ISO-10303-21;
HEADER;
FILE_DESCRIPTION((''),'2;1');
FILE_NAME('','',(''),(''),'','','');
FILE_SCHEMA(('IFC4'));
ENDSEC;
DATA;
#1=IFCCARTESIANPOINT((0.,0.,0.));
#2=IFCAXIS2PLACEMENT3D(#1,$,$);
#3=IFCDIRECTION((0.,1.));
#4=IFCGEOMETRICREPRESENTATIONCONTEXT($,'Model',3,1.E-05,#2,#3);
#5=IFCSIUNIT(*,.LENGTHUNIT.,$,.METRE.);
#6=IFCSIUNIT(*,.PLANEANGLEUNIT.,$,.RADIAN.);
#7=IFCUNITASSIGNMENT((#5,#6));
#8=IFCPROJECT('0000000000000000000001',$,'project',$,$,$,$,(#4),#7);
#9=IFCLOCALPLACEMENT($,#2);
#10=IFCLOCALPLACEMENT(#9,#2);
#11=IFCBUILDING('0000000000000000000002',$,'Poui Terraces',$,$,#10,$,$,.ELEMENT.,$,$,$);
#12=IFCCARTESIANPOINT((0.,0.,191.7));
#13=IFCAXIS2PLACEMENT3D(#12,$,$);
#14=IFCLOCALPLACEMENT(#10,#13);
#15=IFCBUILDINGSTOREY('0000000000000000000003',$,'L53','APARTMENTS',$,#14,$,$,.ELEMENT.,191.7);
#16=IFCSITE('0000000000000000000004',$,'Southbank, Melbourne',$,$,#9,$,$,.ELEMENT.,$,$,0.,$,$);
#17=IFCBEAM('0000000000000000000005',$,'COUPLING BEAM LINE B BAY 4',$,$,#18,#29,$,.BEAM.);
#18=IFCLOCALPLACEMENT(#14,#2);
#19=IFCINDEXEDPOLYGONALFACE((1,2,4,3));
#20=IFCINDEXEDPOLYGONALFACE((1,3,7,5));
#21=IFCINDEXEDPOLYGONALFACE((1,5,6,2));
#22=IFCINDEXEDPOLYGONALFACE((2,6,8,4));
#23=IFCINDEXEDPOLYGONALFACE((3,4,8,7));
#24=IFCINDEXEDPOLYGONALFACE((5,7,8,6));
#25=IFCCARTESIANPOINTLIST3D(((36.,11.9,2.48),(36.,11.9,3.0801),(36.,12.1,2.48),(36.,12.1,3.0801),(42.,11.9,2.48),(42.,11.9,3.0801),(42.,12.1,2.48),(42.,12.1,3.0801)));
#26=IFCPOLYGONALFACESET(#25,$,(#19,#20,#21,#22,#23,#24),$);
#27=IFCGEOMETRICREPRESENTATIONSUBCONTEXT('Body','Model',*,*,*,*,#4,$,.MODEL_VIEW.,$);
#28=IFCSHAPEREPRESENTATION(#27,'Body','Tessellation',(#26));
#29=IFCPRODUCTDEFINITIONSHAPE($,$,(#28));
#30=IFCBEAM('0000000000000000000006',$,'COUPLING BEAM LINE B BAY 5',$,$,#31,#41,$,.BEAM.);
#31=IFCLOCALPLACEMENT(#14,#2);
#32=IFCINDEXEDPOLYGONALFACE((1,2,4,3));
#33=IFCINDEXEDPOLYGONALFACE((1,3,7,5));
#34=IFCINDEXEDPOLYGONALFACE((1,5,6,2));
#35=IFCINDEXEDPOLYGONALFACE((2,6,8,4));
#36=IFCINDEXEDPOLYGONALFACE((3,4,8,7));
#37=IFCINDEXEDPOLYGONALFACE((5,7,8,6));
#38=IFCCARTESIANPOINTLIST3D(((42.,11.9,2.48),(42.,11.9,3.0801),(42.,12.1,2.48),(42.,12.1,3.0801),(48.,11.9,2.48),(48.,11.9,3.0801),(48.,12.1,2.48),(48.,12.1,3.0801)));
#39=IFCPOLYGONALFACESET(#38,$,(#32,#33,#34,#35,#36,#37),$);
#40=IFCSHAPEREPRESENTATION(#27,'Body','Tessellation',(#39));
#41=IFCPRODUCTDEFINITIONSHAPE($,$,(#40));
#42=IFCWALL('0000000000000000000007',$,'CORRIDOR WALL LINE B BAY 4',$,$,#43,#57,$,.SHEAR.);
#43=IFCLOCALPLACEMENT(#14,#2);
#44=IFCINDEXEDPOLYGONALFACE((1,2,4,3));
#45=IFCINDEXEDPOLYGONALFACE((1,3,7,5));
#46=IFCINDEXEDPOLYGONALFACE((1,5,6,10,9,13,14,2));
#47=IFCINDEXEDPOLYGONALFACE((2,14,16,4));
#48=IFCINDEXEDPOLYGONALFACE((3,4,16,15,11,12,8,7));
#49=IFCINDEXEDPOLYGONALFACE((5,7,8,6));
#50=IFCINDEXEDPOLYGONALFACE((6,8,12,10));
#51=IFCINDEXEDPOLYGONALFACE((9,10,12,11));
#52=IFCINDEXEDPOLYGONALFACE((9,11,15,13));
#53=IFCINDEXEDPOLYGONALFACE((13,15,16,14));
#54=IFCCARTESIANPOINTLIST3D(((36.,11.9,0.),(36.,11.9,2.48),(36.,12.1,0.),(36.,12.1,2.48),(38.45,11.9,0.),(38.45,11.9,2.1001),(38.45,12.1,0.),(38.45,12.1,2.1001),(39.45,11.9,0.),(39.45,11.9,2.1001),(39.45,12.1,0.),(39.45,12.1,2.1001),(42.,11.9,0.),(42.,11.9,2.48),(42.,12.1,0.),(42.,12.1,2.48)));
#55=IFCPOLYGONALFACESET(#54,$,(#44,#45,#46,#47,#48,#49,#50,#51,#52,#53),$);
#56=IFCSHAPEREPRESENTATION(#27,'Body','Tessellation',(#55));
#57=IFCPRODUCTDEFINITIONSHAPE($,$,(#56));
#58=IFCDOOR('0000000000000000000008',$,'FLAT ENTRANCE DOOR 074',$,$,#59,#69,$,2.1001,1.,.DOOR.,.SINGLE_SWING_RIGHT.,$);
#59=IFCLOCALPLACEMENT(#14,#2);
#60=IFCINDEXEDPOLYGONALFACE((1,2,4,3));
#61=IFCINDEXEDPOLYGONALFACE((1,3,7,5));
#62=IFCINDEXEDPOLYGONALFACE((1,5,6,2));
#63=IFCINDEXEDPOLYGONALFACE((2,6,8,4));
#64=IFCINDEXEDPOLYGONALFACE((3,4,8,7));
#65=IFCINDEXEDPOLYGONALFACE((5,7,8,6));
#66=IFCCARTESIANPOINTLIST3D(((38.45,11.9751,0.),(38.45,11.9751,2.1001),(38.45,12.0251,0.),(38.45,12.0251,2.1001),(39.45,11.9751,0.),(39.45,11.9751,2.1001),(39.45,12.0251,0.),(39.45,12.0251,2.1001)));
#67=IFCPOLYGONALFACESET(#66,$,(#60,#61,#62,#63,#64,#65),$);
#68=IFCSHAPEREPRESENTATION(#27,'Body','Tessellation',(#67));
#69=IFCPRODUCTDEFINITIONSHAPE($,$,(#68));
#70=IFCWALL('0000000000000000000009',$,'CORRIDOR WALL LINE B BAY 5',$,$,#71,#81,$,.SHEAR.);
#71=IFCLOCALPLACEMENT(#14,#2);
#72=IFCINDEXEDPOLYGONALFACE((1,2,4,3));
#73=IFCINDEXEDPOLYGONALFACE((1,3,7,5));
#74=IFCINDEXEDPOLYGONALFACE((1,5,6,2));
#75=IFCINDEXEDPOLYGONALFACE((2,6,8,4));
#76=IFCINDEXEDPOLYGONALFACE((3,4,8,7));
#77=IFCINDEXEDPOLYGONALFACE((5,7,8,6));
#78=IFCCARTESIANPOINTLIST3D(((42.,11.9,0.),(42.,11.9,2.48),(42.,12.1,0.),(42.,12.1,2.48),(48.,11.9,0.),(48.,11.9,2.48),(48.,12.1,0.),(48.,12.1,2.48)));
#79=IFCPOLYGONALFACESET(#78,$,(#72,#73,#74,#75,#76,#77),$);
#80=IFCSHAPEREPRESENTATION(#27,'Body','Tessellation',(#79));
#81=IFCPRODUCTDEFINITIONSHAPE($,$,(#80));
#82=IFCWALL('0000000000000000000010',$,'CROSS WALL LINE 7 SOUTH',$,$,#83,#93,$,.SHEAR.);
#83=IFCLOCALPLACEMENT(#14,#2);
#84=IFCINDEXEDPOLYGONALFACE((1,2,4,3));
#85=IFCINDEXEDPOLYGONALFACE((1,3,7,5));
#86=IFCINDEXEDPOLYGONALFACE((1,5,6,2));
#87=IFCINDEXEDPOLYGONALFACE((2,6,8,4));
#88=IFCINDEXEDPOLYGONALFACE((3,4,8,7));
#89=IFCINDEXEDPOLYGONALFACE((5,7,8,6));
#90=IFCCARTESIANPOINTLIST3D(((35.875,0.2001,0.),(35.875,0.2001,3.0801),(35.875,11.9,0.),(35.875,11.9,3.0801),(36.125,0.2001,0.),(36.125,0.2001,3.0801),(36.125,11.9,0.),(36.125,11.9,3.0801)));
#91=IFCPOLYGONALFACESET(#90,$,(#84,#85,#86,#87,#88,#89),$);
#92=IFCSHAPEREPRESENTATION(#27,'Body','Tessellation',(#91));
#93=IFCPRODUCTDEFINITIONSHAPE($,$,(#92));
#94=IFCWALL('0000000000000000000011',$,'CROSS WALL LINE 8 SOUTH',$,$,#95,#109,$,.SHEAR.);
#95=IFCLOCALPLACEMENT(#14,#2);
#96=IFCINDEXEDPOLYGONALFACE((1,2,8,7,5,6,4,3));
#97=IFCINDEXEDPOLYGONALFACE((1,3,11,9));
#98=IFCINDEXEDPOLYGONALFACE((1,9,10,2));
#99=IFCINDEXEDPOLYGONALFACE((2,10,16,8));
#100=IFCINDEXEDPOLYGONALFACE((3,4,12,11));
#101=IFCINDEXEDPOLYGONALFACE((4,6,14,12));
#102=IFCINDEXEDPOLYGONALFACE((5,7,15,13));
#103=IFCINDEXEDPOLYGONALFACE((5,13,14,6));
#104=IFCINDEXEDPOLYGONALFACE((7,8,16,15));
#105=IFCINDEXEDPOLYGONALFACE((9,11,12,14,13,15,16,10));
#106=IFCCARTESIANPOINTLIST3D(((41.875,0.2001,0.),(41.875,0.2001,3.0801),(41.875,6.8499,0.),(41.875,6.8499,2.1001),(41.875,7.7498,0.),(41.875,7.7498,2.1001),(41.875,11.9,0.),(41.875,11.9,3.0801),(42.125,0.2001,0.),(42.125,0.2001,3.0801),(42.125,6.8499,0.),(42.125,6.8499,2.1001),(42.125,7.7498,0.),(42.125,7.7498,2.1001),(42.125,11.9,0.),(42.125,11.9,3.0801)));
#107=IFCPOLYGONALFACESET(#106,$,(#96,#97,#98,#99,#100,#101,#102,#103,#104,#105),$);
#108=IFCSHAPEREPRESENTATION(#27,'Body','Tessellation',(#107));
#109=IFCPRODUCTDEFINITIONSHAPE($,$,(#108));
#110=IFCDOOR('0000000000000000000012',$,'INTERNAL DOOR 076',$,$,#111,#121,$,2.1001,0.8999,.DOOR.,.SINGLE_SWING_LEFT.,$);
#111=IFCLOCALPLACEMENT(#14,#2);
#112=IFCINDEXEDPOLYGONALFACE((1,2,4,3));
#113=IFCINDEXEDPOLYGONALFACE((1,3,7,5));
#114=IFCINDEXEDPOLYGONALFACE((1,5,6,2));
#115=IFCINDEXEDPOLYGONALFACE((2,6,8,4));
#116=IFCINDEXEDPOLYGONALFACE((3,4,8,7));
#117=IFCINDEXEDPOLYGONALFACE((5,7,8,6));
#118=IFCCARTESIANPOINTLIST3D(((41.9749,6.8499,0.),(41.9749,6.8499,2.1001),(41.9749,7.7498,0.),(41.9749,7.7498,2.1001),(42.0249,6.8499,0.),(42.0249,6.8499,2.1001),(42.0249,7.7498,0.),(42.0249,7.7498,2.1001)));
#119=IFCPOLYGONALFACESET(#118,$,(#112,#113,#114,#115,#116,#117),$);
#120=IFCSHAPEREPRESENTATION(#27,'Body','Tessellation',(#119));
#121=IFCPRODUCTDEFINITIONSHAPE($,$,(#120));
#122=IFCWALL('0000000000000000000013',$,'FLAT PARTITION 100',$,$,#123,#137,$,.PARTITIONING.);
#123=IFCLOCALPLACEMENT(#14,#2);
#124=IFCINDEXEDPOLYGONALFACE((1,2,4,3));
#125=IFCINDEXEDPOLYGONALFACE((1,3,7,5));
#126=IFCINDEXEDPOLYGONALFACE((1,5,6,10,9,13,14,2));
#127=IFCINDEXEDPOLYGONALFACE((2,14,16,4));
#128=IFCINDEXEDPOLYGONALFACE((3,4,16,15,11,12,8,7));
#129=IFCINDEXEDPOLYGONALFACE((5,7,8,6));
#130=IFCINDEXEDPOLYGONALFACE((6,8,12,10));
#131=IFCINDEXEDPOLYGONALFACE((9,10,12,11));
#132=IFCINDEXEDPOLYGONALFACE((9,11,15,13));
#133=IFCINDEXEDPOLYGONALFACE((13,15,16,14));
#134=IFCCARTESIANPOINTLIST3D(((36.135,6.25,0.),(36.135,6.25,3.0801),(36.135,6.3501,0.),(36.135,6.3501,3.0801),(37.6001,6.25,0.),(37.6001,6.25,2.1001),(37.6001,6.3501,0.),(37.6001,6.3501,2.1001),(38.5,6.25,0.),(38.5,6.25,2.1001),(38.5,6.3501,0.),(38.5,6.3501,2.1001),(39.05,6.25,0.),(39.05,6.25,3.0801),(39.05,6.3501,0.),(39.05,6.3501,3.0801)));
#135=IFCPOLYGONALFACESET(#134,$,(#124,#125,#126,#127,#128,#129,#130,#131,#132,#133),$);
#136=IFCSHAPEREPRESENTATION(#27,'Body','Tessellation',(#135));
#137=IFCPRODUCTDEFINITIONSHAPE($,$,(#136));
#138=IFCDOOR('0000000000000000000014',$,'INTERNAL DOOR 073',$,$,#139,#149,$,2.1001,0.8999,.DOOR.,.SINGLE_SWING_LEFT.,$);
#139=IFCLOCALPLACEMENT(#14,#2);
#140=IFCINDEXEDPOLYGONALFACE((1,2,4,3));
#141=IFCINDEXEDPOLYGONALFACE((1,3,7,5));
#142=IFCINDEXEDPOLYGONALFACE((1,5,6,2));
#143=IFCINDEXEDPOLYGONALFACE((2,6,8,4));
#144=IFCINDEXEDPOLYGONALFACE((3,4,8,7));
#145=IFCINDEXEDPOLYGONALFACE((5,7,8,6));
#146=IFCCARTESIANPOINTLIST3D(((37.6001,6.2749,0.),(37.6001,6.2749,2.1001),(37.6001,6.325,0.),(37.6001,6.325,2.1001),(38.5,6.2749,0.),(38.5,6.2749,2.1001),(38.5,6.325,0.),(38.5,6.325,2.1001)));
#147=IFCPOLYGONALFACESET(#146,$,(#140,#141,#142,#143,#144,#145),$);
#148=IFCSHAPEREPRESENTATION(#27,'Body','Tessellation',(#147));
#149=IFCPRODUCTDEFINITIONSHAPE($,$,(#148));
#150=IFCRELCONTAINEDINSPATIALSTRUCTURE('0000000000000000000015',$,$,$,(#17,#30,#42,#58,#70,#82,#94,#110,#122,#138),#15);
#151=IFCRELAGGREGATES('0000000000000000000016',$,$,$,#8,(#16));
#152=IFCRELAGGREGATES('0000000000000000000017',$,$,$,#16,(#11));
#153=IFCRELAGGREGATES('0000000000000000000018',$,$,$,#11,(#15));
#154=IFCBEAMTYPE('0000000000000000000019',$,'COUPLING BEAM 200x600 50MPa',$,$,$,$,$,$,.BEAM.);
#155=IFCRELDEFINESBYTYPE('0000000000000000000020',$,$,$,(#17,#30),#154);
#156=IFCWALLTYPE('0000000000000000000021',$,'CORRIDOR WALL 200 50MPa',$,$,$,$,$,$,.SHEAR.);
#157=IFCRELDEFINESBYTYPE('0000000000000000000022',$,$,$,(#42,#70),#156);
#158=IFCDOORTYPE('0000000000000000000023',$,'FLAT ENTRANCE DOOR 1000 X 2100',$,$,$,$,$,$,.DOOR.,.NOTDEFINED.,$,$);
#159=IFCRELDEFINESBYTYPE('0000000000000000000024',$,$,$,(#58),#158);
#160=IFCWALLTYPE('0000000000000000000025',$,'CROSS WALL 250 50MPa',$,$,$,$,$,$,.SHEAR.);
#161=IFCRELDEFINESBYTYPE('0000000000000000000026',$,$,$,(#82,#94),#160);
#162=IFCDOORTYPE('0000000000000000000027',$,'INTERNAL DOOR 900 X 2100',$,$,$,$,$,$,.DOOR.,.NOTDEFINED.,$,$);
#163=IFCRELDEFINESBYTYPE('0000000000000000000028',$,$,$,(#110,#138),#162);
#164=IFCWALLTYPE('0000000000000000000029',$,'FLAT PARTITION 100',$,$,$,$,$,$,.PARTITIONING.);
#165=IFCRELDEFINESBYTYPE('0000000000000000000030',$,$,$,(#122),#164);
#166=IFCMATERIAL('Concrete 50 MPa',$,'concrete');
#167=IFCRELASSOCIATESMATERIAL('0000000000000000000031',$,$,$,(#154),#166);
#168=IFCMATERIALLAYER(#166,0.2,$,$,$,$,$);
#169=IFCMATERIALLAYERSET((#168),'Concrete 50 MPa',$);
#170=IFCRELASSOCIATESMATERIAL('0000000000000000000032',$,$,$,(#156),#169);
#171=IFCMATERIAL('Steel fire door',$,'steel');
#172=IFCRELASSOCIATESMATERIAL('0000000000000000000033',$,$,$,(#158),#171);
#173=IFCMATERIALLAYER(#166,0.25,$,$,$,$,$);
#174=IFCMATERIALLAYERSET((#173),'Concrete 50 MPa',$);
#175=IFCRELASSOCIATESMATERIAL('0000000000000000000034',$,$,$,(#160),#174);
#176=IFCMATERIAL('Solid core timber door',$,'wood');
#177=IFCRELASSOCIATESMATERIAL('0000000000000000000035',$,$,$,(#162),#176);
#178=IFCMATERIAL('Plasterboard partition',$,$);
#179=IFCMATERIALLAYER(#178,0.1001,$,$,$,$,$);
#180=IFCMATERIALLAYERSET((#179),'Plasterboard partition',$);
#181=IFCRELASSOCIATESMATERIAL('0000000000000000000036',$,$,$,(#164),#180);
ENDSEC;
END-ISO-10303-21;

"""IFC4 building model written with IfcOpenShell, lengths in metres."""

from ifc_helpers import new_model, si_unit, direction, frame, frame_2d, origin, origin_2d, place, context, subcontext, project, spatial, rectangle, extrude, source, transform, mapped, material, layer, layer_set, material_profile, profile_set, type_object, element, fill, save


model = new_model("IFC4")

# Units and contexts
model_context = context("Model", 3, precision=1e-05, world=origin(), true_north=direction((0.0, 1.0)))
body_context = subcontext(model_context, "Body", "Model", "MODEL_VIEW")
ifc_project = project(units=[si_unit("LENGTHUNIT", "METRE"), si_unit("PLANEANGLEUNIT", "RADIAN")], contexts=[model_context])

# Site, building, storey
site_placement = place(None, origin())
site = spatial("IfcSite", under=ifc_project, at=site_placement, Name="Southbank, Melbourne", CompositionType="ELEMENT", RefElevation=0.0)
building_placement = place(site_placement, origin())
building = spatial("IfcBuilding", under=site, at=building_placement, Name="Poui Terraces", CompositionType="ELEMENT")
storey_placement = place(building_placement, frame((0.0, 0.0, 191.7)))
storey = spatial("IfcBuildingStorey", under=building, at=storey_placement, Name="L53", Description="APARTMENTS", CompositionType="ELEMENT", Elevation=191.7)

# Beams
ifc_material_1 = material(Name="Concrete 50 MPa", Category="concrete")
ifc_material_profile_1 = material_profile(ifc_material_1, rectangle(XDim=0.2, YDim=0.6001, at=origin_2d()), Name="RC 200x600")
ifc_profile_set_1 = profile_set([ifc_material_profile_1], Name="Concrete 50 MPa")
beam_type = type_object("IfcBeamType", Name="COUPLING BEAM 200x600 50MPa", PredefinedType="BEAM", material=ifc_profile_set_1)
shared_shape_1 = source(origin(), body_context, "Body", "SweptSolid", [
    extrude(rectangle(XDim=0.2, YDim=0.6001, at=origin_2d()), origin(), (0.0, 0.0, 1.0), 6.0),
])
for number, where, z_axis, x_axis, name in (
    (1, (36.0, 12.0, 2.78), (1.0, 0.0, 0.0), (0.0, 1.0, 0.0), "COUPLING BEAM LINE B BAY 4"),
    (2, (42.0, 12.0, 2.78), (1.0, 0.0, 0.0), (0.0, 1.0, 0.0), "COUPLING BEAM LINE B BAY 5"),
):
    element("IfcBeam", number, at=place(storey_placement, frame(where, z_axis=z_axis, x_axis=x_axis)), inside=storey, type_object=beam_type, Name=name, PredefinedType="BEAM", context=body_context, shape_type="MappedRepresentation", body=[
        mapped(shared_shape_1, transform((0.0, 0.0, 0.0))),
    ])

# Wall, opening, door
ifc_layer_1 = layer(ifc_material_1, 0.2)
ifc_layer_set_1 = layer_set([ifc_layer_1], Name="Concrete 50 MPa")
wall_type_1 = type_object("IfcWallType", Name="CORRIDOR WALL 200 50MPa", PredefinedType="SHEAR", material=ifc_layer_set_1)
wall_1_placement = place(storey_placement, frame((36.0, 12.0, 0.0), z_axis=(0.0, 0.0, 1.0), x_axis=(1.0, 0.0, 0.0)))
wall_1 = element("IfcWall", 3, at=wall_1_placement, inside=storey, type_object=wall_type_1, Name="CORRIDOR WALL LINE B BAY 4", PredefinedType="SHEAR", context=body_context, shape_type="SweptSolid", body=[
    extrude(rectangle(XDim=6.0, YDim=0.2, at=frame_2d((3.0, 0.0))), origin(), (0.0, 0.0, 1.0), 2.48),
])
opening_1_placement = place(wall_1_placement, frame((2.45, 0.0, 0.0)))
opening_1 = element("IfcOpeningElement", 4, at=opening_1_placement, cuts=wall_1, PredefinedType="OPENING", context=body_context, shape_type="SweptSolid", body=[
    extrude(rectangle(XDim=1.0, YDim=2.1001, at=frame_2d((0.5, 1.05))), frame((0.0, 0.1099, 0.0), z_axis=(0.0, -1.0, 0.0), x_axis=(1.0, 0.0, 0.0)), (0.0, 0.0, 1.0), 0.22),
])
ifc_material_2 = material(Name="Steel fire door", Category="steel")
door_type_1 = type_object("IfcDoorType", Name="FLAT ENTRANCE DOOR 1000 X 2100", OperationType="NOTDEFINED", PredefinedType="DOOR", material=ifc_material_2)
door_1_placement = place(opening_1_placement, frame((1.0, 0.0, 0.0), z_axis=(0.0, 0.0, 1.0), x_axis=(-1.0, 0.0, 0.0)))
door_1 = element("IfcDoor", 5, at=door_1_placement, inside=storey, type_object=door_type_1, Name="FLAT ENTRANCE DOOR 074", OperationType="SINGLE_SWING_RIGHT", OverallHeight=2.1001, OverallWidth=1.0, PredefinedType="DOOR", context=body_context, shape_type="SweptSolid", body=[
    extrude(rectangle(XDim=1.0, YDim=2.1001, at=frame_2d((0.5, 1.05))), frame((0.0, 0.0249, 0.0), z_axis=(0.0, -1.0, 0.0), x_axis=(1.0, 0.0, 0.0)), (0.0, 0.0, 1.0), 0.05),
])
fill(opening_1, door_1)

# Walls
wall_2_placement = place(storey_placement, frame((42.0, 12.0, 0.0), z_axis=(0.0, 0.0, 1.0), x_axis=(1.0, 0.0, 0.0)))
element("IfcWall", 6, at=wall_2_placement, inside=storey, type_object=wall_type_1, Name="CORRIDOR WALL LINE B BAY 5", PredefinedType="SHEAR", context=body_context, shape_type="SweptSolid", body=[
    extrude(rectangle(XDim=6.0, YDim=0.2, at=frame_2d((3.0, 0.0))), origin(), (0.0, 0.0, 1.0), 2.48),
])
ifc_layer_2 = layer(ifc_material_1, 0.25)
ifc_layer_set_2 = layer_set([ifc_layer_2], Name="Concrete 50 MPa")
wall_type_2 = type_object("IfcWallType", Name="CROSS WALL 250 50MPa", PredefinedType="SHEAR", material=ifc_layer_set_2)
wall_3_placement = place(storey_placement, frame((36.0, 0.2, 0.0), z_axis=(0.0, 0.0, 1.0), x_axis=(0.0, 1.0, 0.0)))
element("IfcWall", 7, at=wall_3_placement, inside=storey, type_object=wall_type_2, Name="CROSS WALL LINE 7 SOUTH", PredefinedType="SHEAR", context=body_context, shape_type="SweptSolid", body=[
    extrude(rectangle(XDim=11.7, YDim=0.25, at=frame_2d((5.8501, 0.0))), origin(), (0.0, 0.0, 1.0), 3.0801),
])

# Walls, openings, doors
wall_4_placement = place(storey_placement, frame((42.0, 0.2, 0.0), z_axis=(0.0, 0.0, 1.0), x_axis=(0.0, 1.0, 0.0)))
wall_4 = element("IfcWall", 8, at=wall_4_placement, inside=storey, type_object=wall_type_2, Name="CROSS WALL LINE 8 SOUTH", PredefinedType="SHEAR", context=body_context, shape_type="SweptSolid", body=[
    extrude(rectangle(XDim=11.7, YDim=0.25, at=frame_2d((5.8501, 0.0))), origin(), (0.0, 0.0, 1.0), 3.0801),
])
opening_2_placement = place(wall_4_placement, frame((6.6499, 0.0, 0.0)))
opening_2 = element("IfcOpeningElement", 9, at=opening_2_placement, cuts=wall_4, PredefinedType="OPENING", context=body_context, shape_type="SweptSolid", body=[
    extrude(rectangle(XDim=0.8999, YDim=2.1001, at=frame_2d((0.45, 1.05))), frame((0.0, 0.135, 0.0), z_axis=(0.0, -1.0, 0.0), x_axis=(1.0, 0.0, 0.0)), (0.0, 0.0, 1.0), 0.27),
])
ifc_material_3 = material(Name="Solid core timber door", Category="wood")
door_type_2 = type_object("IfcDoorType", Name="INTERNAL DOOR 900 X 2100", OperationType="NOTDEFINED", PredefinedType="DOOR", material=ifc_material_3)
door_2_placement = place(opening_2_placement, frame((0.8999, 0.0, 0.0), z_axis=(0.0, 0.0, 1.0), x_axis=(-1.0, 0.0, 0.0)))
door_2 = element("IfcDoor", 10, at=door_2_placement, inside=storey, type_object=door_type_2, Name="INTERNAL DOOR 076", OperationType="SINGLE_SWING_LEFT", OverallHeight=2.1001, OverallWidth=0.8999, PredefinedType="DOOR", context=body_context, shape_type="SweptSolid", body=[
    extrude(rectangle(XDim=0.8999, YDim=2.1001, at=frame_2d((0.45, 1.05))), frame((0.0, 0.0249, 0.0), z_axis=(0.0, -1.0, 0.0), x_axis=(1.0, 0.0, 0.0)), (0.0, 0.0, 1.0), 0.05),
])
fill(opening_2, door_2)
ifc_material_4 = material(Name="Plasterboard partition")
ifc_layer_3 = layer(ifc_material_4, 0.1001)
ifc_layer_set_3 = layer_set([ifc_layer_3], Name="Plasterboard partition")
wall_type_3 = type_object("IfcWallType", Name="FLAT PARTITION 100", PredefinedType="PARTITIONING", material=ifc_layer_set_3)
wall_5_placement = place(storey_placement, frame((36.135, 6.3, 0.0), z_axis=(0.0, 0.0, 1.0), x_axis=(1.0, 0.0, 0.0)))
wall_5 = element("IfcWall", 11, at=wall_5_placement, inside=storey, type_object=wall_type_3, Name="FLAT PARTITION 100", PredefinedType="PARTITIONING", context=body_context, shape_type="SweptSolid", body=[
    extrude(rectangle(XDim=2.915, YDim=0.1001, at=frame_2d((1.4575, 0.0))), origin(), (0.0, 0.0, 1.0), 3.0801),
])
opening_3_placement = place(wall_5_placement, frame((1.4651, 0.0, 0.0)))
opening_3 = element("IfcOpeningElement", 12, at=opening_3_placement, cuts=wall_5, PredefinedType="OPENING", context=body_context, shape_type="SweptSolid", body=[
    extrude(rectangle(XDim=0.8999, YDim=2.1001, at=frame_2d((0.45, 1.05))), frame((0.0, 0.0601, 0.0), z_axis=(0.0, -1.0, 0.0), x_axis=(1.0, 0.0, 0.0)), (0.0, 0.0, 1.0), 0.1201),
])
door_3_placement = place(opening_3_placement, origin())
door_3 = element("IfcDoor", 13, at=door_3_placement, inside=storey, type_object=door_type_2, Name="INTERNAL DOOR 073", OperationType="SINGLE_SWING_LEFT", OverallHeight=2.1001, OverallWidth=0.8999, PredefinedType="DOOR", context=body_context, shape_type="SweptSolid", body=[
    extrude(rectangle(XDim=0.8999, YDim=2.1001, at=frame_2d((0.45, 1.05))), frame((0.0, 0.0249, 0.0), z_axis=(0.0, -1.0, 0.0), x_axis=(1.0, 0.0, 0.0)), (0.0, 0.0, 1.0), 0.05),
])
fill(opening_3, door_3)

save(model, "model.ifc")
